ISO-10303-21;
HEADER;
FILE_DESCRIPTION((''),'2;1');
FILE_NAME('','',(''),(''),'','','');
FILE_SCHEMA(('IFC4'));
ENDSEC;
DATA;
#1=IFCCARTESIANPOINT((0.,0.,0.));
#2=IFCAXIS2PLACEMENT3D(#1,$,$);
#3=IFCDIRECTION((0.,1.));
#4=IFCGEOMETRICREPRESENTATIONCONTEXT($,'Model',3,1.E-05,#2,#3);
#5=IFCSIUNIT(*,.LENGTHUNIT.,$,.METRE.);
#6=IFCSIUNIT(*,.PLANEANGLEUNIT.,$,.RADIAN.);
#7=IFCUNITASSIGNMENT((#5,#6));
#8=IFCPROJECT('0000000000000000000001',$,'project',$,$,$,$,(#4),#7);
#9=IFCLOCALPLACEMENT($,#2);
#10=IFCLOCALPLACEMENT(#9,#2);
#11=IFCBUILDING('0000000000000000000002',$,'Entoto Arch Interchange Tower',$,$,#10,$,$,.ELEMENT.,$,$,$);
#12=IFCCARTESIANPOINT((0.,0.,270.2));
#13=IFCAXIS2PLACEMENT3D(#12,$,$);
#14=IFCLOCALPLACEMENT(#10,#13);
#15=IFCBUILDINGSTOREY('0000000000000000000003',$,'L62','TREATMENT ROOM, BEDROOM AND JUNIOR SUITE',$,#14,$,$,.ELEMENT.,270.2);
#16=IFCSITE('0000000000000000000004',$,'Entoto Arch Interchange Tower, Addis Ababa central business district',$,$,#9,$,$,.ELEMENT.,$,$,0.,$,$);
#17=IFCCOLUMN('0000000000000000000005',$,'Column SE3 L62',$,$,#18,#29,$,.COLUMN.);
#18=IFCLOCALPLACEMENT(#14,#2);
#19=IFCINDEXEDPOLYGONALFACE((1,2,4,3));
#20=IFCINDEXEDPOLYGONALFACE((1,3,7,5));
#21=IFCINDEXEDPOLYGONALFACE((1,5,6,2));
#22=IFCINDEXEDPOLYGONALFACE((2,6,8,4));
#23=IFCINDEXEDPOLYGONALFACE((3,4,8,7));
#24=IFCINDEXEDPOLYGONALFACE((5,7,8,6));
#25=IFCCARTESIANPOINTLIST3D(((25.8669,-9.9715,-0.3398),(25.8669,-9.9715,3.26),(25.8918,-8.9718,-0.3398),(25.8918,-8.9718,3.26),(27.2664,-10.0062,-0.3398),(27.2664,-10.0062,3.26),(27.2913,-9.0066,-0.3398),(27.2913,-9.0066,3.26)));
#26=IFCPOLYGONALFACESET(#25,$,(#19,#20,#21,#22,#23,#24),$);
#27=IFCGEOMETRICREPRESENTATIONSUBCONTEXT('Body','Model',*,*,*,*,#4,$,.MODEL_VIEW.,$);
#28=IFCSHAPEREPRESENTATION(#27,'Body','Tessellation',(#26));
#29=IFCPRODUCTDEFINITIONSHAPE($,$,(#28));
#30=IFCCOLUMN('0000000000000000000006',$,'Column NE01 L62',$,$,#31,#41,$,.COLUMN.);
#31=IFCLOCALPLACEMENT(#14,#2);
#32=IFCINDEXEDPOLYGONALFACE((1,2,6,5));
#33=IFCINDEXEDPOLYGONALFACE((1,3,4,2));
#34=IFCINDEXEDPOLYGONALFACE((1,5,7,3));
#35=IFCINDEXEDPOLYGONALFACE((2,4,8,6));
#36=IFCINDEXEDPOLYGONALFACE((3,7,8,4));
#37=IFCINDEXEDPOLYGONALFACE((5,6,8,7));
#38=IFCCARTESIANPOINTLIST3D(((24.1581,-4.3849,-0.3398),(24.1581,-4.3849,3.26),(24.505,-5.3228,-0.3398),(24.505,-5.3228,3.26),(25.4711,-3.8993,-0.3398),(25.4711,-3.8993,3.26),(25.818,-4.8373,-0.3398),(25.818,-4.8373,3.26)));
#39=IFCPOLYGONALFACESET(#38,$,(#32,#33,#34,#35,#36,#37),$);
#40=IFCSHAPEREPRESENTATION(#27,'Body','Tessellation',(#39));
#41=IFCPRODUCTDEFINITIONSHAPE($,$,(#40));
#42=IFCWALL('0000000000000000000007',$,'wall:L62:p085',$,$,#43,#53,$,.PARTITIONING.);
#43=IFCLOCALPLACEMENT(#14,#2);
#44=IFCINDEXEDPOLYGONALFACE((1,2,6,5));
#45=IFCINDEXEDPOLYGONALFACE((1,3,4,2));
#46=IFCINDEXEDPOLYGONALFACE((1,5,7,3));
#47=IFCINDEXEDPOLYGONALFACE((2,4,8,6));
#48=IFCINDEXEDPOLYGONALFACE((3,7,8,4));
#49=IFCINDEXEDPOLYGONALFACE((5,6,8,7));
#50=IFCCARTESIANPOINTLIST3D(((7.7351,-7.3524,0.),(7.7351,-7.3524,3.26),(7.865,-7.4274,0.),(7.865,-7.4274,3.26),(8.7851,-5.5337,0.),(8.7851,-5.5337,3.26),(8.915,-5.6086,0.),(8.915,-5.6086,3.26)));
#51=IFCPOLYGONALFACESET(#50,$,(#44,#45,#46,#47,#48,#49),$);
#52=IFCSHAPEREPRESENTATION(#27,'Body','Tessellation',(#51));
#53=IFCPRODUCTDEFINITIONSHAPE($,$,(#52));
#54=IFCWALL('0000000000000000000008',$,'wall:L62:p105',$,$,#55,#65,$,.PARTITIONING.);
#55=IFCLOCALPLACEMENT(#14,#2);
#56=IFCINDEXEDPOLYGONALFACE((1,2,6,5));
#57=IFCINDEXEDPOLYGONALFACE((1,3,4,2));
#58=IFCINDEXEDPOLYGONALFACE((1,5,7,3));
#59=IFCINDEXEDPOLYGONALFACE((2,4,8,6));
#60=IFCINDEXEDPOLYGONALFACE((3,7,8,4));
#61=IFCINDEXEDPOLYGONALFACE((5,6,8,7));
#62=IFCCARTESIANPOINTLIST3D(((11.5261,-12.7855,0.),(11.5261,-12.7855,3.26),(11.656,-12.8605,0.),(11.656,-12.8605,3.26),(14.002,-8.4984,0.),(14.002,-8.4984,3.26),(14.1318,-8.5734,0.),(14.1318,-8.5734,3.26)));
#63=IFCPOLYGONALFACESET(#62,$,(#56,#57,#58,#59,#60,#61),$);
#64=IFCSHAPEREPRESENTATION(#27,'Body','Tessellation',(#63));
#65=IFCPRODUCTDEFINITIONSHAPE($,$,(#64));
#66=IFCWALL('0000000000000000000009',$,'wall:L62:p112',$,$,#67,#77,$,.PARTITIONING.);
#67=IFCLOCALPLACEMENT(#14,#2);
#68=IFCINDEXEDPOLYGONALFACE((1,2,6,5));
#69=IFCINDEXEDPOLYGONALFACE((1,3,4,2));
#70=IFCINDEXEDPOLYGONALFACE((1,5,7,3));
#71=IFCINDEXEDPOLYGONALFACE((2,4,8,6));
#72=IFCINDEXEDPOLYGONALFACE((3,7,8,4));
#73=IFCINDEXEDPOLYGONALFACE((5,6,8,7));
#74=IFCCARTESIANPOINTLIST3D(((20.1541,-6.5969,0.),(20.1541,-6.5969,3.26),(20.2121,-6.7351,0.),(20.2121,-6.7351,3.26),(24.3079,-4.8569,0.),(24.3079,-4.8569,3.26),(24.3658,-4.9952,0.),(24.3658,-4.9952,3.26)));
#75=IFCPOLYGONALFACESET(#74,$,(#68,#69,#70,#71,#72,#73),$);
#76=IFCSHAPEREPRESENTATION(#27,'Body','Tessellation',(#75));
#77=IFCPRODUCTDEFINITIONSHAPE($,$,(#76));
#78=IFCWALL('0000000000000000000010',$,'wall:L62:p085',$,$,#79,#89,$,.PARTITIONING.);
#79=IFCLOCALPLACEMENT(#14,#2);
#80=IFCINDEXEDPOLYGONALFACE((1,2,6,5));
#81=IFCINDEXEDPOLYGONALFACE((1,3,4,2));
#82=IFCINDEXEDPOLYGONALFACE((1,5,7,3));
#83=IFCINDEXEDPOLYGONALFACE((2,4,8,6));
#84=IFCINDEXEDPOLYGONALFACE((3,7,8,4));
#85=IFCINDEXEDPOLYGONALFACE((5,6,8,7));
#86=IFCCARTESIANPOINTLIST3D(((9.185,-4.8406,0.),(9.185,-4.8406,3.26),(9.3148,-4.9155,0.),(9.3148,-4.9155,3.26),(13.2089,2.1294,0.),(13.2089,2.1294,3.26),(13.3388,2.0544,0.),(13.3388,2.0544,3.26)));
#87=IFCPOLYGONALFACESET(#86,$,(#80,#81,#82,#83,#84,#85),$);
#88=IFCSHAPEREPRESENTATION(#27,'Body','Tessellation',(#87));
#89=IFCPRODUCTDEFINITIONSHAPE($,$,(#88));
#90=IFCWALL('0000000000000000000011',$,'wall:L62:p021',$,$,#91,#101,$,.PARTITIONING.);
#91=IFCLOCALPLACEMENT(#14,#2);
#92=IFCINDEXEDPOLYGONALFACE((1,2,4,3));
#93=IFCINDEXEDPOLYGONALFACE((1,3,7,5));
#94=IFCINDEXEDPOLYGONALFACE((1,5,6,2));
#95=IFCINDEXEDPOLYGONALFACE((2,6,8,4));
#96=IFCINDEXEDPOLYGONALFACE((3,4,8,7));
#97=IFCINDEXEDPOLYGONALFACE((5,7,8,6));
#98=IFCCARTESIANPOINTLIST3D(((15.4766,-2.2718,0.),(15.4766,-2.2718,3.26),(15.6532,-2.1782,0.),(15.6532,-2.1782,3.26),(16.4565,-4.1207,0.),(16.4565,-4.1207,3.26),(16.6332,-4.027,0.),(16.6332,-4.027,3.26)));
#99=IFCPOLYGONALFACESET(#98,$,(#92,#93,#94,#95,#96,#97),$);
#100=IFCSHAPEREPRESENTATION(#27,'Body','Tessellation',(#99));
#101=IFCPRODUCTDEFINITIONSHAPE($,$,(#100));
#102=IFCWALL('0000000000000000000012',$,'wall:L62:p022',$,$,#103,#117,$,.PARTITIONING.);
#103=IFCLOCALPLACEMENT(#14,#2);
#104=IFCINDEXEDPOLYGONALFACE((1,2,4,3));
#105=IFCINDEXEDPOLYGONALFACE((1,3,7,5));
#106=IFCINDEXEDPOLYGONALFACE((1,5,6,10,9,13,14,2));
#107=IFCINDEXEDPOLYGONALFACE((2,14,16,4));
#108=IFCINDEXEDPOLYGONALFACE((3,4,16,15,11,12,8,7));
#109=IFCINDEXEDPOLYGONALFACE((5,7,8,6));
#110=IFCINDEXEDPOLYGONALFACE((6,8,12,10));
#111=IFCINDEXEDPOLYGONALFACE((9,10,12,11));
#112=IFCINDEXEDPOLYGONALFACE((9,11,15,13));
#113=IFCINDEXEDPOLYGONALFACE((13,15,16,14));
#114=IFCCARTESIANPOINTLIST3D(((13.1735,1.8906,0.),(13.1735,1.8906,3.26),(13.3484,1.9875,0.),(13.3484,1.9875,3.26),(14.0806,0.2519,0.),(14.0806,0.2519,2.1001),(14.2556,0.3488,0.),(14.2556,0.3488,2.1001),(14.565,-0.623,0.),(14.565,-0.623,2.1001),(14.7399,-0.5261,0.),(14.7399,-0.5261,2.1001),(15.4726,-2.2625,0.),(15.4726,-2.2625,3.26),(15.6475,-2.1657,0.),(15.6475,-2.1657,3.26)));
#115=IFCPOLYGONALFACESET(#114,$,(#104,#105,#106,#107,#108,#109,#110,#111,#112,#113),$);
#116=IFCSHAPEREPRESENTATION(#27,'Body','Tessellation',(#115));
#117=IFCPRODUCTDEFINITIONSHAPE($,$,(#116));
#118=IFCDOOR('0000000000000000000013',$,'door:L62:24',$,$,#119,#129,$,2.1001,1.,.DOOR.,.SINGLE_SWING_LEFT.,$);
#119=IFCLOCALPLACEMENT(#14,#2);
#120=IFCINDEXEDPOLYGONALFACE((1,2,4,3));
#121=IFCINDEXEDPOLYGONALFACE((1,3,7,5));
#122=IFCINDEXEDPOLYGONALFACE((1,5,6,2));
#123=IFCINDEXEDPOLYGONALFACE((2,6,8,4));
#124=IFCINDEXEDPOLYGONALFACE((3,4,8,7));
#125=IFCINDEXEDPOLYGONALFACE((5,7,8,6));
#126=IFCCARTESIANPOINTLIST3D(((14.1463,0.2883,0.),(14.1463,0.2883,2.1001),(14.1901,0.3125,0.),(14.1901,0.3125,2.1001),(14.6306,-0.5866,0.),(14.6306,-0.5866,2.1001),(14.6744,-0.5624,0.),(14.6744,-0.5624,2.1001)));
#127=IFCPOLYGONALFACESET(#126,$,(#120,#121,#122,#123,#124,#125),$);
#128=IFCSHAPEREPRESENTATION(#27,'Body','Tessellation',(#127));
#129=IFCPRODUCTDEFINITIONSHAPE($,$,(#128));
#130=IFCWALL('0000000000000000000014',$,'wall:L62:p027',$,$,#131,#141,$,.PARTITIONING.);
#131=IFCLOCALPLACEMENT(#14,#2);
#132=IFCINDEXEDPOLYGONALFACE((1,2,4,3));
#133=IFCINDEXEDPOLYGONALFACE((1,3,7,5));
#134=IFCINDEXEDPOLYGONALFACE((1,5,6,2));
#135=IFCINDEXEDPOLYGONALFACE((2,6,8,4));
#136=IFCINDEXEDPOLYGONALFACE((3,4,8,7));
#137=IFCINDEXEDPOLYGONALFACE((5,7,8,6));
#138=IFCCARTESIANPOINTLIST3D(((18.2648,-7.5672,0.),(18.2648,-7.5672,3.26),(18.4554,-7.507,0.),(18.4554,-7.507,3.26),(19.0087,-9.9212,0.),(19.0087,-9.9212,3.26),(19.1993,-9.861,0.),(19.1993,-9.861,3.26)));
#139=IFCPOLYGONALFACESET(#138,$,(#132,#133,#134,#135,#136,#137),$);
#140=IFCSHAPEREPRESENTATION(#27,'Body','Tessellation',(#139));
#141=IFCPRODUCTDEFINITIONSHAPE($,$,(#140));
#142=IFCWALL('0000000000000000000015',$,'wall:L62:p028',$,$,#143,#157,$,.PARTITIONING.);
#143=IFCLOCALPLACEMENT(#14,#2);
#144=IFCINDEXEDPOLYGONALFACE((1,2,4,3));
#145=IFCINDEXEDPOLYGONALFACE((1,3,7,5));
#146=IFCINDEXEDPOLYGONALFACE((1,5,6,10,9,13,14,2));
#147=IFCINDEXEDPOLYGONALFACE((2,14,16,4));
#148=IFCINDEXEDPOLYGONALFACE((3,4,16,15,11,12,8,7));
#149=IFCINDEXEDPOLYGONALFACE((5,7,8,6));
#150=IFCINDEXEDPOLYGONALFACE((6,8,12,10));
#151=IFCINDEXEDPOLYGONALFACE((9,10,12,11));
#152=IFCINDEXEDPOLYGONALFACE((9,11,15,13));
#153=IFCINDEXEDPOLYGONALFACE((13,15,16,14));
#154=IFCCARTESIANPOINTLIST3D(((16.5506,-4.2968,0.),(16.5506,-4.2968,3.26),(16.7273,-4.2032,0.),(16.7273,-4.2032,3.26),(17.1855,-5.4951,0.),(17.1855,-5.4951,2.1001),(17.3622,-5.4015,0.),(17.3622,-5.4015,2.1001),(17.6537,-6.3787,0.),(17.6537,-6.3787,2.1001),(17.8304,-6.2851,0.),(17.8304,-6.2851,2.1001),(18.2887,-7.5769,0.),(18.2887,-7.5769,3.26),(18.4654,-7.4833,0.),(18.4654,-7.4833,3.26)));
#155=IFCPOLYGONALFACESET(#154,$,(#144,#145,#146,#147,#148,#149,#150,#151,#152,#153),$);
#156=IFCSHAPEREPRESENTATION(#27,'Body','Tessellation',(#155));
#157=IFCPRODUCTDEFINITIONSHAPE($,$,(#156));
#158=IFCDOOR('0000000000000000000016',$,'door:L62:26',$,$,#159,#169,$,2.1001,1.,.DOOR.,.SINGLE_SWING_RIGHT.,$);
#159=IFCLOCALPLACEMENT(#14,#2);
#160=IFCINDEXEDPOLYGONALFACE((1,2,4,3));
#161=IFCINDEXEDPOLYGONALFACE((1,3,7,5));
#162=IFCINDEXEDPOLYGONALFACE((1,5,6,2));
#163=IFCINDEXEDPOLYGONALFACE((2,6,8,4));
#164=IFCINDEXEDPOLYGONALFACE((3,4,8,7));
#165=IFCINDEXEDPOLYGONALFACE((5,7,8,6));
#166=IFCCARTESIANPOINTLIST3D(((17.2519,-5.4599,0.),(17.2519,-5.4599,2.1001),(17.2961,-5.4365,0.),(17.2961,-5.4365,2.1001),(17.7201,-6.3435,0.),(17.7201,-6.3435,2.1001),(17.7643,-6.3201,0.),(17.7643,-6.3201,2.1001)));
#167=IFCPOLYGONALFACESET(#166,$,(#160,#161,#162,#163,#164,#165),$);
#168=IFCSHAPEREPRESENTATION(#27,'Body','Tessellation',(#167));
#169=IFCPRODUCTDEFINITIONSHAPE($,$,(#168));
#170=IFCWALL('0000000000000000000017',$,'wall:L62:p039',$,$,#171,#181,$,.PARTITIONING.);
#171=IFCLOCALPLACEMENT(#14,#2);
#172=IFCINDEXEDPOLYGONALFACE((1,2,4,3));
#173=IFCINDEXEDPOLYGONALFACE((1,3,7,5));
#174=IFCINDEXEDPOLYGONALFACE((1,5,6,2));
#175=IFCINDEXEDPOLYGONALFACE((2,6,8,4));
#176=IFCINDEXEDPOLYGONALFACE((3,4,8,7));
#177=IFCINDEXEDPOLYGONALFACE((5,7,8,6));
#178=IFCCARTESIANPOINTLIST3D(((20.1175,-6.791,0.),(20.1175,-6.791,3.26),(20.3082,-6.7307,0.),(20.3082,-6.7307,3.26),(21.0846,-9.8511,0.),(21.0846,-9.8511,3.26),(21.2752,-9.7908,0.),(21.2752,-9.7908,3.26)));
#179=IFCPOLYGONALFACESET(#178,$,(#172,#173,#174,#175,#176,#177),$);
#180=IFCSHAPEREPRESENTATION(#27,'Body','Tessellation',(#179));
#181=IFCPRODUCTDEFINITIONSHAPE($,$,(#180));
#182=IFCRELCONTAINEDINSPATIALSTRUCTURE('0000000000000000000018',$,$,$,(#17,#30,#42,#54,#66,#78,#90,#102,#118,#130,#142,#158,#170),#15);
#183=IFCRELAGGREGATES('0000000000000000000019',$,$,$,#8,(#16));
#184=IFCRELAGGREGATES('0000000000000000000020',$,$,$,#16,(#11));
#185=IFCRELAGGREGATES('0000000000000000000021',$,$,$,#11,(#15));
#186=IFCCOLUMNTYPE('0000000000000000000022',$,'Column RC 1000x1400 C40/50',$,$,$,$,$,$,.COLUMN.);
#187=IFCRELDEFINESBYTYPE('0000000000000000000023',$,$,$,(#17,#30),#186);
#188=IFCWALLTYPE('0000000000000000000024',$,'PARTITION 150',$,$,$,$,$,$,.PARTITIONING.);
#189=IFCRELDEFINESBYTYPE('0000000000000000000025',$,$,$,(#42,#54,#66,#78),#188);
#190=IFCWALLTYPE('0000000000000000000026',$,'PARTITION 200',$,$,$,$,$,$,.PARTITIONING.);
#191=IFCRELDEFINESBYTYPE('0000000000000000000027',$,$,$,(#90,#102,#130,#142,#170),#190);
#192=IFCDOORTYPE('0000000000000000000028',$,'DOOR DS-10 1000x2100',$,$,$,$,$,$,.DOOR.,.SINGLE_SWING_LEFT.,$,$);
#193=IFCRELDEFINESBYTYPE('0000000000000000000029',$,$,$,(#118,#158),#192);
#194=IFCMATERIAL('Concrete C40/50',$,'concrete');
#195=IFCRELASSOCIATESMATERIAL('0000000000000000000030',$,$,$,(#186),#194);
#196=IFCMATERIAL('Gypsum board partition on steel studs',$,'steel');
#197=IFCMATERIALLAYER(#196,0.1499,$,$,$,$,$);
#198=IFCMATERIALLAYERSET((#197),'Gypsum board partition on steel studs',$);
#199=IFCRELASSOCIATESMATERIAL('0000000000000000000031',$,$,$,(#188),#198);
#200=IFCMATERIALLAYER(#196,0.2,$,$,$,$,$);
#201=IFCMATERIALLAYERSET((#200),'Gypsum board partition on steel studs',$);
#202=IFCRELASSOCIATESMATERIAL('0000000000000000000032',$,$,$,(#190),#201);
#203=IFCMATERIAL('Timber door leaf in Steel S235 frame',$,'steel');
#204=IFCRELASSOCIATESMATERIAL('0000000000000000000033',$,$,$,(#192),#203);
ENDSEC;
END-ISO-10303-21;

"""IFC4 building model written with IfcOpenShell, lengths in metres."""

from ifc_helpers import new_model, si_unit, direction, frame, frame_2d, origin, origin_2d, place, context, subcontext, project, spatial, rectangle, extrude, material, layer, layer_set, material_profile, profile_set, type_object, element, fill, save


model = new_model("IFC4")

# Units and contexts
model_context = context("Model", 3, precision=1e-05, world=origin(), true_north=direction((0.0, 1.0)))
body_context = subcontext(model_context, "Body", "Model", "MODEL_VIEW")
ifc_project = project(units=[si_unit("LENGTHUNIT", "METRE"), si_unit("PLANEANGLEUNIT", "RADIAN")], contexts=[model_context])

# Site, building, storey
site_placement = place(None, origin())
site = spatial("IfcSite", under=ifc_project, at=site_placement, Name="Entoto Arch Interchange Tower, Addis Ababa central business district", CompositionType="ELEMENT", RefElevation=0.0)
building_placement = place(site_placement, origin())
building = spatial("IfcBuilding", under=site, at=building_placement, Name="Entoto Arch Interchange Tower", CompositionType="ELEMENT")
storey_placement = place(building_placement, frame((0.0, 0.0, 270.2)))
storey = spatial("IfcBuildingStorey", under=building, at=storey_placement, Name="L62", Description="TREATMENT ROOM, BEDROOM AND JUNIOR SUITE", CompositionType="ELEMENT", Elevation=270.2)

# Columns
ifc_material_1 = material(Name="Concrete C40/50", Category="concrete")
ifc_material_profile = material_profile(ifc_material_1, rectangle(XDim=1.0, YDim=1.3999, at=origin_2d()))
ifc_profile_set = profile_set([ifc_material_profile], Name="Concrete C40/50")
column_type = type_object("IfcColumnType", Name="Column RC 1000x1400 C40/50", PredefinedType="COLUMN", material=ifc_profile_set)
for number, where, z_axis, x_axis, name in (
    (1, (26.5791, -9.489, -0.3398), (0.0, 0.0, 1.0), (0.024833, 0.999692, 0.0), "Column SE3 L62"),
    (2, (24.988, -4.6111, -0.3398), (0.0, 0.0, 1.0), (-0.346854, 0.937919, 0.0), "Column NE01 L62"),
):
    element("IfcColumn", number, at=place(storey_placement, frame(where, z_axis=z_axis, x_axis=x_axis)), inside=storey, type_object=column_type, Name=name, PredefinedType="COLUMN", context=body_context, shape_type="SweptSolid", body=[
        extrude(rectangle(XDim=1.0, YDim=1.3999, at=origin_2d()), origin(), (0.0, 0.0, 1.0), 3.5999),
    ])

# Walls
ifc_material_2 = material(Name="Gypsum board partition on steel studs", Category="steel")
ifc_layer_1 = layer(ifc_material_2, 0.1499)
ifc_layer_set_1 = layer_set([ifc_layer_1], Name="Gypsum board partition on steel studs")
wall_type_1 = type_object("IfcWallType", Name="PARTITION 150", PredefinedType="PARTITIONING", material=ifc_layer_set_1)
wall_1_placement = place(storey_placement, frame((7.8, -7.3899, 0.0), z_axis=(0.0, 0.0, 1.0), x_axis=(0.499977, 0.866038, 0.0)))
element("IfcWall", 3, at=wall_1_placement, inside=storey, type_object=wall_type_1, Name="wall:L62:p085", PredefinedType="PARTITIONING", context=body_context, shape_type="SweptSolid", body=[
    extrude(rectangle(XDim=2.1001, YDim=0.1499, at=frame_2d((1.05, 0.0))), origin(), (0.0, 0.0, 1.0), 3.26),
])
wall_2_placement = place(storey_placement, frame((14.0669, -8.5359, 0.0), z_axis=(0.0, 0.0, 1.0), x_axis=(-0.500101, -0.865967, 0.0)))
element("IfcWall", 4, at=wall_2_placement, inside=storey, type_object=wall_type_1, Name="wall:L62:p105", PredefinedType="PARTITIONING", context=body_context, shape_type="SweptSolid", body=[
    extrude(rectangle(XDim=4.9507, YDim=0.1499, at=frame_2d((2.4753, 0.0))), origin(), (0.0, 0.0, 1.0), 3.26),
])
wall_3_placement = place(storey_placement, frame((20.1831, -6.666, 0.0), z_axis=(0.0, 0.0, 1.0), x_axis=(0.922347, 0.386362, 0.0)))
element("IfcWall", 5, at=wall_3_placement, inside=storey, type_object=wall_type_1, Name="wall:L62:p112", PredefinedType="PARTITIONING", context=body_context, shape_type="SweptSolid", body=[
    extrude(rectangle(XDim=4.5034, YDim=0.1499, at=frame_2d((2.2517, 0.0))), origin(), (0.0, 0.0, 1.0), 3.26),
])
wall_4_placement = place(storey_placement, frame((9.25, -4.8779, 0.0), z_axis=(0.0, 0.0, 1.0), x_axis=(0.499982, 0.866036, 0.0)))
element("IfcWall", 6, at=wall_4_placement, inside=storey, type_object=wall_type_1, Name="wall:L62:p085", PredefinedType="PARTITIONING", context=body_context, shape_type="SweptSolid", body=[
    extrude(rectangle(XDim=8.0481, YDim=0.1499, at=frame_2d((4.0239, 0.0))), origin(), (0.0, 0.0, 1.0), 3.26),
])
ifc_layer_2 = layer(ifc_material_2, 0.2)
ifc_layer_set_2 = layer_set([ifc_layer_2], Name="Gypsum board partition on steel studs")
wall_type_2 = type_object("IfcWallType", Name="PARTITION 200", PredefinedType="PARTITIONING", material=ifc_layer_set_2)
wall_5_placement = place(storey_placement, frame((16.5449, -4.074, 0.0), z_axis=(0.0, 0.0, 1.0), x_axis=(-0.468322, 0.883558, 0.0)))
element("IfcWall", 7, at=wall_5_placement, inside=storey, type_object=wall_type_2, Name="wall:L62:p021", PredefinedType="PARTITIONING", context=body_context, shape_type="SweptSolid", body=[
    extrude(rectangle(XDim=2.0925, YDim=0.2, at=frame_2d((1.0464, 0.0))), origin(), (0.0, 0.0, 1.0), 3.26),
])

# Wall, opening, door
wall_6_placement = place(storey_placement, frame((15.5601, -2.2141, 0.0), z_axis=(0.0, 0.0, 1.0), x_axis=(-0.484324, 0.874889, 0.0)))
wall_6 = element("IfcWall", 8, at=wall_6_placement, inside=storey, type_object=wall_type_2, Name="wall:L62:p022", PredefinedType="PARTITIONING", context=body_context, shape_type="SweptSolid", body=[
    extrude(rectangle(XDim=4.7471, YDim=0.2, at=frame_2d((2.3735, 0.0))), origin(), (0.0, 0.0, 1.0), 3.26),
])
opening_1_placement = place(wall_6_placement, frame((1.874, 0.0, 0.0)))
opening_1 = element("IfcOpeningElement", 9, at=opening_1_placement, cuts=wall_6, PredefinedType="OPENING", context=body_context, shape_type="SweptSolid", body=[
    extrude(rectangle(XDim=1.0, YDim=2.1001, at=frame_2d((0.5, 1.05))), frame((0.0, 0.1099, 0.0), z_axis=(0.0, -1.0, 0.0), x_axis=(1.0, 0.0, 0.0)), (0.0, 0.0, 1.0), 0.22),
])
ifc_material_3 = material(Name="Timber door leaf in Steel S235 frame", Category="steel")
door_type_1 = type_object("IfcDoorType", Name="DOOR DS-10 1000x2100", OperationType="SINGLE_SWING_LEFT", PredefinedType="DOOR", material=ifc_material_3)
door_1_placement = place(opening_1_placement, origin())
door_1 = element("IfcDoor", 10, at=door_1_placement, inside=storey, type_object=door_type_1, Name="door:L62:24", OperationType="SINGLE_SWING_LEFT", OverallHeight=2.1001, OverallWidth=1.0, PredefinedType="DOOR", context=body_context, shape_type="SweptSolid", body=[
    extrude(rectangle(XDim=1.0, YDim=2.1001, at=frame_2d((0.5, 1.05))), frame((0.0, 0.0249, 0.0), z_axis=(0.0, -1.0, 0.0), x_axis=(1.0, 0.0, 0.0)), (0.0, 0.0, 1.0), 0.05),
])
fill(opening_1, door_1)

# Wall
wall_7_placement = place(storey_placement, frame((19.104, -9.8911, 0.0), z_axis=(0.0, 0.0, 1.0), x_axis=(-0.301325, 0.953521, 0.0)))
element("IfcWall", 11, at=wall_7_placement, inside=storey, type_object=wall_type_2, Name="wall:L62:p027", PredefinedType="PARTITIONING", context=body_context, shape_type="SweptSolid", body=[
    extrude(rectangle(XDim=2.4688, YDim=0.2, at=frame_2d((1.2344, 0.0))), origin(), (0.0, 0.0, 1.0), 3.26),
])

# Wall, opening, door
wall_8_placement = place(storey_placement, frame((18.377, -7.53, 0.0), z_axis=(0.0, 0.0, 1.0), x_axis=(-0.468214, 0.883615, 0.0)))
wall_8 = element("IfcWall", 12, at=wall_8_placement, inside=storey, type_object=wall_type_2, Name="wall:L62:p028", PredefinedType="PARTITIONING", context=body_context, shape_type="SweptSolid", body=[
    extrude(rectangle(XDim=3.7122, YDim=0.2, at=frame_2d((1.856, 0.0))), origin(), (0.0, 0.0, 1.0), 3.26),
])
opening_2_placement = place(wall_8_placement, frame((1.356, 0.0, 0.0)))
opening_2 = element("IfcOpeningElement", 13, at=opening_2_placement, cuts=wall_8, PredefinedType="OPENING", context=body_context, shape_type="SweptSolid", body=[
    extrude(rectangle(XDim=1.0, YDim=2.1001, at=frame_2d((0.5, 1.05))), frame((0.0, 0.1099, 0.0), z_axis=(0.0, -1.0, 0.0), x_axis=(1.0, 0.0, 0.0)), (0.0, 0.0, 1.0), 0.22),
])
door_2_placement = place(opening_2_placement, origin())
door_2 = element("IfcDoor", 14, at=door_2_placement, inside=storey, type_object=door_type_1, Name="door:L62:26", OperationType="SINGLE_SWING_RIGHT", OverallHeight=2.1001, OverallWidth=1.0, PredefinedType="DOOR", context=body_context, shape_type="SweptSolid", body=[
    extrude(rectangle(XDim=1.0, YDim=2.1001, at=frame_2d((0.5, 1.05))), frame((0.0, 0.0249, 0.0), z_axis=(0.0, -1.0, 0.0), x_axis=(1.0, 0.0, 0.0)), (0.0, 0.0, 1.0), 0.05),
])
fill(opening_2, door_2)

# Wall
wall_9_placement = place(storey_placement, frame((20.2129, -6.761, 0.0), z_axis=(0.0, 0.0, 1.0), x_axis=(0.301332, -0.953519, 0.0)))
element("IfcWall", 15, at=wall_9_placement, inside=storey, type_object=wall_type_2, Name="wall:L62:p039", PredefinedType="PARTITIONING", context=body_context, shape_type="SweptSolid", body=[
    extrude(rectangle(XDim=3.2092, YDim=0.2, at=frame_2d((1.6045, 0.0))), origin(), (0.0, 0.0, 1.0), 3.26),
])

save(model, "model.ifc")
